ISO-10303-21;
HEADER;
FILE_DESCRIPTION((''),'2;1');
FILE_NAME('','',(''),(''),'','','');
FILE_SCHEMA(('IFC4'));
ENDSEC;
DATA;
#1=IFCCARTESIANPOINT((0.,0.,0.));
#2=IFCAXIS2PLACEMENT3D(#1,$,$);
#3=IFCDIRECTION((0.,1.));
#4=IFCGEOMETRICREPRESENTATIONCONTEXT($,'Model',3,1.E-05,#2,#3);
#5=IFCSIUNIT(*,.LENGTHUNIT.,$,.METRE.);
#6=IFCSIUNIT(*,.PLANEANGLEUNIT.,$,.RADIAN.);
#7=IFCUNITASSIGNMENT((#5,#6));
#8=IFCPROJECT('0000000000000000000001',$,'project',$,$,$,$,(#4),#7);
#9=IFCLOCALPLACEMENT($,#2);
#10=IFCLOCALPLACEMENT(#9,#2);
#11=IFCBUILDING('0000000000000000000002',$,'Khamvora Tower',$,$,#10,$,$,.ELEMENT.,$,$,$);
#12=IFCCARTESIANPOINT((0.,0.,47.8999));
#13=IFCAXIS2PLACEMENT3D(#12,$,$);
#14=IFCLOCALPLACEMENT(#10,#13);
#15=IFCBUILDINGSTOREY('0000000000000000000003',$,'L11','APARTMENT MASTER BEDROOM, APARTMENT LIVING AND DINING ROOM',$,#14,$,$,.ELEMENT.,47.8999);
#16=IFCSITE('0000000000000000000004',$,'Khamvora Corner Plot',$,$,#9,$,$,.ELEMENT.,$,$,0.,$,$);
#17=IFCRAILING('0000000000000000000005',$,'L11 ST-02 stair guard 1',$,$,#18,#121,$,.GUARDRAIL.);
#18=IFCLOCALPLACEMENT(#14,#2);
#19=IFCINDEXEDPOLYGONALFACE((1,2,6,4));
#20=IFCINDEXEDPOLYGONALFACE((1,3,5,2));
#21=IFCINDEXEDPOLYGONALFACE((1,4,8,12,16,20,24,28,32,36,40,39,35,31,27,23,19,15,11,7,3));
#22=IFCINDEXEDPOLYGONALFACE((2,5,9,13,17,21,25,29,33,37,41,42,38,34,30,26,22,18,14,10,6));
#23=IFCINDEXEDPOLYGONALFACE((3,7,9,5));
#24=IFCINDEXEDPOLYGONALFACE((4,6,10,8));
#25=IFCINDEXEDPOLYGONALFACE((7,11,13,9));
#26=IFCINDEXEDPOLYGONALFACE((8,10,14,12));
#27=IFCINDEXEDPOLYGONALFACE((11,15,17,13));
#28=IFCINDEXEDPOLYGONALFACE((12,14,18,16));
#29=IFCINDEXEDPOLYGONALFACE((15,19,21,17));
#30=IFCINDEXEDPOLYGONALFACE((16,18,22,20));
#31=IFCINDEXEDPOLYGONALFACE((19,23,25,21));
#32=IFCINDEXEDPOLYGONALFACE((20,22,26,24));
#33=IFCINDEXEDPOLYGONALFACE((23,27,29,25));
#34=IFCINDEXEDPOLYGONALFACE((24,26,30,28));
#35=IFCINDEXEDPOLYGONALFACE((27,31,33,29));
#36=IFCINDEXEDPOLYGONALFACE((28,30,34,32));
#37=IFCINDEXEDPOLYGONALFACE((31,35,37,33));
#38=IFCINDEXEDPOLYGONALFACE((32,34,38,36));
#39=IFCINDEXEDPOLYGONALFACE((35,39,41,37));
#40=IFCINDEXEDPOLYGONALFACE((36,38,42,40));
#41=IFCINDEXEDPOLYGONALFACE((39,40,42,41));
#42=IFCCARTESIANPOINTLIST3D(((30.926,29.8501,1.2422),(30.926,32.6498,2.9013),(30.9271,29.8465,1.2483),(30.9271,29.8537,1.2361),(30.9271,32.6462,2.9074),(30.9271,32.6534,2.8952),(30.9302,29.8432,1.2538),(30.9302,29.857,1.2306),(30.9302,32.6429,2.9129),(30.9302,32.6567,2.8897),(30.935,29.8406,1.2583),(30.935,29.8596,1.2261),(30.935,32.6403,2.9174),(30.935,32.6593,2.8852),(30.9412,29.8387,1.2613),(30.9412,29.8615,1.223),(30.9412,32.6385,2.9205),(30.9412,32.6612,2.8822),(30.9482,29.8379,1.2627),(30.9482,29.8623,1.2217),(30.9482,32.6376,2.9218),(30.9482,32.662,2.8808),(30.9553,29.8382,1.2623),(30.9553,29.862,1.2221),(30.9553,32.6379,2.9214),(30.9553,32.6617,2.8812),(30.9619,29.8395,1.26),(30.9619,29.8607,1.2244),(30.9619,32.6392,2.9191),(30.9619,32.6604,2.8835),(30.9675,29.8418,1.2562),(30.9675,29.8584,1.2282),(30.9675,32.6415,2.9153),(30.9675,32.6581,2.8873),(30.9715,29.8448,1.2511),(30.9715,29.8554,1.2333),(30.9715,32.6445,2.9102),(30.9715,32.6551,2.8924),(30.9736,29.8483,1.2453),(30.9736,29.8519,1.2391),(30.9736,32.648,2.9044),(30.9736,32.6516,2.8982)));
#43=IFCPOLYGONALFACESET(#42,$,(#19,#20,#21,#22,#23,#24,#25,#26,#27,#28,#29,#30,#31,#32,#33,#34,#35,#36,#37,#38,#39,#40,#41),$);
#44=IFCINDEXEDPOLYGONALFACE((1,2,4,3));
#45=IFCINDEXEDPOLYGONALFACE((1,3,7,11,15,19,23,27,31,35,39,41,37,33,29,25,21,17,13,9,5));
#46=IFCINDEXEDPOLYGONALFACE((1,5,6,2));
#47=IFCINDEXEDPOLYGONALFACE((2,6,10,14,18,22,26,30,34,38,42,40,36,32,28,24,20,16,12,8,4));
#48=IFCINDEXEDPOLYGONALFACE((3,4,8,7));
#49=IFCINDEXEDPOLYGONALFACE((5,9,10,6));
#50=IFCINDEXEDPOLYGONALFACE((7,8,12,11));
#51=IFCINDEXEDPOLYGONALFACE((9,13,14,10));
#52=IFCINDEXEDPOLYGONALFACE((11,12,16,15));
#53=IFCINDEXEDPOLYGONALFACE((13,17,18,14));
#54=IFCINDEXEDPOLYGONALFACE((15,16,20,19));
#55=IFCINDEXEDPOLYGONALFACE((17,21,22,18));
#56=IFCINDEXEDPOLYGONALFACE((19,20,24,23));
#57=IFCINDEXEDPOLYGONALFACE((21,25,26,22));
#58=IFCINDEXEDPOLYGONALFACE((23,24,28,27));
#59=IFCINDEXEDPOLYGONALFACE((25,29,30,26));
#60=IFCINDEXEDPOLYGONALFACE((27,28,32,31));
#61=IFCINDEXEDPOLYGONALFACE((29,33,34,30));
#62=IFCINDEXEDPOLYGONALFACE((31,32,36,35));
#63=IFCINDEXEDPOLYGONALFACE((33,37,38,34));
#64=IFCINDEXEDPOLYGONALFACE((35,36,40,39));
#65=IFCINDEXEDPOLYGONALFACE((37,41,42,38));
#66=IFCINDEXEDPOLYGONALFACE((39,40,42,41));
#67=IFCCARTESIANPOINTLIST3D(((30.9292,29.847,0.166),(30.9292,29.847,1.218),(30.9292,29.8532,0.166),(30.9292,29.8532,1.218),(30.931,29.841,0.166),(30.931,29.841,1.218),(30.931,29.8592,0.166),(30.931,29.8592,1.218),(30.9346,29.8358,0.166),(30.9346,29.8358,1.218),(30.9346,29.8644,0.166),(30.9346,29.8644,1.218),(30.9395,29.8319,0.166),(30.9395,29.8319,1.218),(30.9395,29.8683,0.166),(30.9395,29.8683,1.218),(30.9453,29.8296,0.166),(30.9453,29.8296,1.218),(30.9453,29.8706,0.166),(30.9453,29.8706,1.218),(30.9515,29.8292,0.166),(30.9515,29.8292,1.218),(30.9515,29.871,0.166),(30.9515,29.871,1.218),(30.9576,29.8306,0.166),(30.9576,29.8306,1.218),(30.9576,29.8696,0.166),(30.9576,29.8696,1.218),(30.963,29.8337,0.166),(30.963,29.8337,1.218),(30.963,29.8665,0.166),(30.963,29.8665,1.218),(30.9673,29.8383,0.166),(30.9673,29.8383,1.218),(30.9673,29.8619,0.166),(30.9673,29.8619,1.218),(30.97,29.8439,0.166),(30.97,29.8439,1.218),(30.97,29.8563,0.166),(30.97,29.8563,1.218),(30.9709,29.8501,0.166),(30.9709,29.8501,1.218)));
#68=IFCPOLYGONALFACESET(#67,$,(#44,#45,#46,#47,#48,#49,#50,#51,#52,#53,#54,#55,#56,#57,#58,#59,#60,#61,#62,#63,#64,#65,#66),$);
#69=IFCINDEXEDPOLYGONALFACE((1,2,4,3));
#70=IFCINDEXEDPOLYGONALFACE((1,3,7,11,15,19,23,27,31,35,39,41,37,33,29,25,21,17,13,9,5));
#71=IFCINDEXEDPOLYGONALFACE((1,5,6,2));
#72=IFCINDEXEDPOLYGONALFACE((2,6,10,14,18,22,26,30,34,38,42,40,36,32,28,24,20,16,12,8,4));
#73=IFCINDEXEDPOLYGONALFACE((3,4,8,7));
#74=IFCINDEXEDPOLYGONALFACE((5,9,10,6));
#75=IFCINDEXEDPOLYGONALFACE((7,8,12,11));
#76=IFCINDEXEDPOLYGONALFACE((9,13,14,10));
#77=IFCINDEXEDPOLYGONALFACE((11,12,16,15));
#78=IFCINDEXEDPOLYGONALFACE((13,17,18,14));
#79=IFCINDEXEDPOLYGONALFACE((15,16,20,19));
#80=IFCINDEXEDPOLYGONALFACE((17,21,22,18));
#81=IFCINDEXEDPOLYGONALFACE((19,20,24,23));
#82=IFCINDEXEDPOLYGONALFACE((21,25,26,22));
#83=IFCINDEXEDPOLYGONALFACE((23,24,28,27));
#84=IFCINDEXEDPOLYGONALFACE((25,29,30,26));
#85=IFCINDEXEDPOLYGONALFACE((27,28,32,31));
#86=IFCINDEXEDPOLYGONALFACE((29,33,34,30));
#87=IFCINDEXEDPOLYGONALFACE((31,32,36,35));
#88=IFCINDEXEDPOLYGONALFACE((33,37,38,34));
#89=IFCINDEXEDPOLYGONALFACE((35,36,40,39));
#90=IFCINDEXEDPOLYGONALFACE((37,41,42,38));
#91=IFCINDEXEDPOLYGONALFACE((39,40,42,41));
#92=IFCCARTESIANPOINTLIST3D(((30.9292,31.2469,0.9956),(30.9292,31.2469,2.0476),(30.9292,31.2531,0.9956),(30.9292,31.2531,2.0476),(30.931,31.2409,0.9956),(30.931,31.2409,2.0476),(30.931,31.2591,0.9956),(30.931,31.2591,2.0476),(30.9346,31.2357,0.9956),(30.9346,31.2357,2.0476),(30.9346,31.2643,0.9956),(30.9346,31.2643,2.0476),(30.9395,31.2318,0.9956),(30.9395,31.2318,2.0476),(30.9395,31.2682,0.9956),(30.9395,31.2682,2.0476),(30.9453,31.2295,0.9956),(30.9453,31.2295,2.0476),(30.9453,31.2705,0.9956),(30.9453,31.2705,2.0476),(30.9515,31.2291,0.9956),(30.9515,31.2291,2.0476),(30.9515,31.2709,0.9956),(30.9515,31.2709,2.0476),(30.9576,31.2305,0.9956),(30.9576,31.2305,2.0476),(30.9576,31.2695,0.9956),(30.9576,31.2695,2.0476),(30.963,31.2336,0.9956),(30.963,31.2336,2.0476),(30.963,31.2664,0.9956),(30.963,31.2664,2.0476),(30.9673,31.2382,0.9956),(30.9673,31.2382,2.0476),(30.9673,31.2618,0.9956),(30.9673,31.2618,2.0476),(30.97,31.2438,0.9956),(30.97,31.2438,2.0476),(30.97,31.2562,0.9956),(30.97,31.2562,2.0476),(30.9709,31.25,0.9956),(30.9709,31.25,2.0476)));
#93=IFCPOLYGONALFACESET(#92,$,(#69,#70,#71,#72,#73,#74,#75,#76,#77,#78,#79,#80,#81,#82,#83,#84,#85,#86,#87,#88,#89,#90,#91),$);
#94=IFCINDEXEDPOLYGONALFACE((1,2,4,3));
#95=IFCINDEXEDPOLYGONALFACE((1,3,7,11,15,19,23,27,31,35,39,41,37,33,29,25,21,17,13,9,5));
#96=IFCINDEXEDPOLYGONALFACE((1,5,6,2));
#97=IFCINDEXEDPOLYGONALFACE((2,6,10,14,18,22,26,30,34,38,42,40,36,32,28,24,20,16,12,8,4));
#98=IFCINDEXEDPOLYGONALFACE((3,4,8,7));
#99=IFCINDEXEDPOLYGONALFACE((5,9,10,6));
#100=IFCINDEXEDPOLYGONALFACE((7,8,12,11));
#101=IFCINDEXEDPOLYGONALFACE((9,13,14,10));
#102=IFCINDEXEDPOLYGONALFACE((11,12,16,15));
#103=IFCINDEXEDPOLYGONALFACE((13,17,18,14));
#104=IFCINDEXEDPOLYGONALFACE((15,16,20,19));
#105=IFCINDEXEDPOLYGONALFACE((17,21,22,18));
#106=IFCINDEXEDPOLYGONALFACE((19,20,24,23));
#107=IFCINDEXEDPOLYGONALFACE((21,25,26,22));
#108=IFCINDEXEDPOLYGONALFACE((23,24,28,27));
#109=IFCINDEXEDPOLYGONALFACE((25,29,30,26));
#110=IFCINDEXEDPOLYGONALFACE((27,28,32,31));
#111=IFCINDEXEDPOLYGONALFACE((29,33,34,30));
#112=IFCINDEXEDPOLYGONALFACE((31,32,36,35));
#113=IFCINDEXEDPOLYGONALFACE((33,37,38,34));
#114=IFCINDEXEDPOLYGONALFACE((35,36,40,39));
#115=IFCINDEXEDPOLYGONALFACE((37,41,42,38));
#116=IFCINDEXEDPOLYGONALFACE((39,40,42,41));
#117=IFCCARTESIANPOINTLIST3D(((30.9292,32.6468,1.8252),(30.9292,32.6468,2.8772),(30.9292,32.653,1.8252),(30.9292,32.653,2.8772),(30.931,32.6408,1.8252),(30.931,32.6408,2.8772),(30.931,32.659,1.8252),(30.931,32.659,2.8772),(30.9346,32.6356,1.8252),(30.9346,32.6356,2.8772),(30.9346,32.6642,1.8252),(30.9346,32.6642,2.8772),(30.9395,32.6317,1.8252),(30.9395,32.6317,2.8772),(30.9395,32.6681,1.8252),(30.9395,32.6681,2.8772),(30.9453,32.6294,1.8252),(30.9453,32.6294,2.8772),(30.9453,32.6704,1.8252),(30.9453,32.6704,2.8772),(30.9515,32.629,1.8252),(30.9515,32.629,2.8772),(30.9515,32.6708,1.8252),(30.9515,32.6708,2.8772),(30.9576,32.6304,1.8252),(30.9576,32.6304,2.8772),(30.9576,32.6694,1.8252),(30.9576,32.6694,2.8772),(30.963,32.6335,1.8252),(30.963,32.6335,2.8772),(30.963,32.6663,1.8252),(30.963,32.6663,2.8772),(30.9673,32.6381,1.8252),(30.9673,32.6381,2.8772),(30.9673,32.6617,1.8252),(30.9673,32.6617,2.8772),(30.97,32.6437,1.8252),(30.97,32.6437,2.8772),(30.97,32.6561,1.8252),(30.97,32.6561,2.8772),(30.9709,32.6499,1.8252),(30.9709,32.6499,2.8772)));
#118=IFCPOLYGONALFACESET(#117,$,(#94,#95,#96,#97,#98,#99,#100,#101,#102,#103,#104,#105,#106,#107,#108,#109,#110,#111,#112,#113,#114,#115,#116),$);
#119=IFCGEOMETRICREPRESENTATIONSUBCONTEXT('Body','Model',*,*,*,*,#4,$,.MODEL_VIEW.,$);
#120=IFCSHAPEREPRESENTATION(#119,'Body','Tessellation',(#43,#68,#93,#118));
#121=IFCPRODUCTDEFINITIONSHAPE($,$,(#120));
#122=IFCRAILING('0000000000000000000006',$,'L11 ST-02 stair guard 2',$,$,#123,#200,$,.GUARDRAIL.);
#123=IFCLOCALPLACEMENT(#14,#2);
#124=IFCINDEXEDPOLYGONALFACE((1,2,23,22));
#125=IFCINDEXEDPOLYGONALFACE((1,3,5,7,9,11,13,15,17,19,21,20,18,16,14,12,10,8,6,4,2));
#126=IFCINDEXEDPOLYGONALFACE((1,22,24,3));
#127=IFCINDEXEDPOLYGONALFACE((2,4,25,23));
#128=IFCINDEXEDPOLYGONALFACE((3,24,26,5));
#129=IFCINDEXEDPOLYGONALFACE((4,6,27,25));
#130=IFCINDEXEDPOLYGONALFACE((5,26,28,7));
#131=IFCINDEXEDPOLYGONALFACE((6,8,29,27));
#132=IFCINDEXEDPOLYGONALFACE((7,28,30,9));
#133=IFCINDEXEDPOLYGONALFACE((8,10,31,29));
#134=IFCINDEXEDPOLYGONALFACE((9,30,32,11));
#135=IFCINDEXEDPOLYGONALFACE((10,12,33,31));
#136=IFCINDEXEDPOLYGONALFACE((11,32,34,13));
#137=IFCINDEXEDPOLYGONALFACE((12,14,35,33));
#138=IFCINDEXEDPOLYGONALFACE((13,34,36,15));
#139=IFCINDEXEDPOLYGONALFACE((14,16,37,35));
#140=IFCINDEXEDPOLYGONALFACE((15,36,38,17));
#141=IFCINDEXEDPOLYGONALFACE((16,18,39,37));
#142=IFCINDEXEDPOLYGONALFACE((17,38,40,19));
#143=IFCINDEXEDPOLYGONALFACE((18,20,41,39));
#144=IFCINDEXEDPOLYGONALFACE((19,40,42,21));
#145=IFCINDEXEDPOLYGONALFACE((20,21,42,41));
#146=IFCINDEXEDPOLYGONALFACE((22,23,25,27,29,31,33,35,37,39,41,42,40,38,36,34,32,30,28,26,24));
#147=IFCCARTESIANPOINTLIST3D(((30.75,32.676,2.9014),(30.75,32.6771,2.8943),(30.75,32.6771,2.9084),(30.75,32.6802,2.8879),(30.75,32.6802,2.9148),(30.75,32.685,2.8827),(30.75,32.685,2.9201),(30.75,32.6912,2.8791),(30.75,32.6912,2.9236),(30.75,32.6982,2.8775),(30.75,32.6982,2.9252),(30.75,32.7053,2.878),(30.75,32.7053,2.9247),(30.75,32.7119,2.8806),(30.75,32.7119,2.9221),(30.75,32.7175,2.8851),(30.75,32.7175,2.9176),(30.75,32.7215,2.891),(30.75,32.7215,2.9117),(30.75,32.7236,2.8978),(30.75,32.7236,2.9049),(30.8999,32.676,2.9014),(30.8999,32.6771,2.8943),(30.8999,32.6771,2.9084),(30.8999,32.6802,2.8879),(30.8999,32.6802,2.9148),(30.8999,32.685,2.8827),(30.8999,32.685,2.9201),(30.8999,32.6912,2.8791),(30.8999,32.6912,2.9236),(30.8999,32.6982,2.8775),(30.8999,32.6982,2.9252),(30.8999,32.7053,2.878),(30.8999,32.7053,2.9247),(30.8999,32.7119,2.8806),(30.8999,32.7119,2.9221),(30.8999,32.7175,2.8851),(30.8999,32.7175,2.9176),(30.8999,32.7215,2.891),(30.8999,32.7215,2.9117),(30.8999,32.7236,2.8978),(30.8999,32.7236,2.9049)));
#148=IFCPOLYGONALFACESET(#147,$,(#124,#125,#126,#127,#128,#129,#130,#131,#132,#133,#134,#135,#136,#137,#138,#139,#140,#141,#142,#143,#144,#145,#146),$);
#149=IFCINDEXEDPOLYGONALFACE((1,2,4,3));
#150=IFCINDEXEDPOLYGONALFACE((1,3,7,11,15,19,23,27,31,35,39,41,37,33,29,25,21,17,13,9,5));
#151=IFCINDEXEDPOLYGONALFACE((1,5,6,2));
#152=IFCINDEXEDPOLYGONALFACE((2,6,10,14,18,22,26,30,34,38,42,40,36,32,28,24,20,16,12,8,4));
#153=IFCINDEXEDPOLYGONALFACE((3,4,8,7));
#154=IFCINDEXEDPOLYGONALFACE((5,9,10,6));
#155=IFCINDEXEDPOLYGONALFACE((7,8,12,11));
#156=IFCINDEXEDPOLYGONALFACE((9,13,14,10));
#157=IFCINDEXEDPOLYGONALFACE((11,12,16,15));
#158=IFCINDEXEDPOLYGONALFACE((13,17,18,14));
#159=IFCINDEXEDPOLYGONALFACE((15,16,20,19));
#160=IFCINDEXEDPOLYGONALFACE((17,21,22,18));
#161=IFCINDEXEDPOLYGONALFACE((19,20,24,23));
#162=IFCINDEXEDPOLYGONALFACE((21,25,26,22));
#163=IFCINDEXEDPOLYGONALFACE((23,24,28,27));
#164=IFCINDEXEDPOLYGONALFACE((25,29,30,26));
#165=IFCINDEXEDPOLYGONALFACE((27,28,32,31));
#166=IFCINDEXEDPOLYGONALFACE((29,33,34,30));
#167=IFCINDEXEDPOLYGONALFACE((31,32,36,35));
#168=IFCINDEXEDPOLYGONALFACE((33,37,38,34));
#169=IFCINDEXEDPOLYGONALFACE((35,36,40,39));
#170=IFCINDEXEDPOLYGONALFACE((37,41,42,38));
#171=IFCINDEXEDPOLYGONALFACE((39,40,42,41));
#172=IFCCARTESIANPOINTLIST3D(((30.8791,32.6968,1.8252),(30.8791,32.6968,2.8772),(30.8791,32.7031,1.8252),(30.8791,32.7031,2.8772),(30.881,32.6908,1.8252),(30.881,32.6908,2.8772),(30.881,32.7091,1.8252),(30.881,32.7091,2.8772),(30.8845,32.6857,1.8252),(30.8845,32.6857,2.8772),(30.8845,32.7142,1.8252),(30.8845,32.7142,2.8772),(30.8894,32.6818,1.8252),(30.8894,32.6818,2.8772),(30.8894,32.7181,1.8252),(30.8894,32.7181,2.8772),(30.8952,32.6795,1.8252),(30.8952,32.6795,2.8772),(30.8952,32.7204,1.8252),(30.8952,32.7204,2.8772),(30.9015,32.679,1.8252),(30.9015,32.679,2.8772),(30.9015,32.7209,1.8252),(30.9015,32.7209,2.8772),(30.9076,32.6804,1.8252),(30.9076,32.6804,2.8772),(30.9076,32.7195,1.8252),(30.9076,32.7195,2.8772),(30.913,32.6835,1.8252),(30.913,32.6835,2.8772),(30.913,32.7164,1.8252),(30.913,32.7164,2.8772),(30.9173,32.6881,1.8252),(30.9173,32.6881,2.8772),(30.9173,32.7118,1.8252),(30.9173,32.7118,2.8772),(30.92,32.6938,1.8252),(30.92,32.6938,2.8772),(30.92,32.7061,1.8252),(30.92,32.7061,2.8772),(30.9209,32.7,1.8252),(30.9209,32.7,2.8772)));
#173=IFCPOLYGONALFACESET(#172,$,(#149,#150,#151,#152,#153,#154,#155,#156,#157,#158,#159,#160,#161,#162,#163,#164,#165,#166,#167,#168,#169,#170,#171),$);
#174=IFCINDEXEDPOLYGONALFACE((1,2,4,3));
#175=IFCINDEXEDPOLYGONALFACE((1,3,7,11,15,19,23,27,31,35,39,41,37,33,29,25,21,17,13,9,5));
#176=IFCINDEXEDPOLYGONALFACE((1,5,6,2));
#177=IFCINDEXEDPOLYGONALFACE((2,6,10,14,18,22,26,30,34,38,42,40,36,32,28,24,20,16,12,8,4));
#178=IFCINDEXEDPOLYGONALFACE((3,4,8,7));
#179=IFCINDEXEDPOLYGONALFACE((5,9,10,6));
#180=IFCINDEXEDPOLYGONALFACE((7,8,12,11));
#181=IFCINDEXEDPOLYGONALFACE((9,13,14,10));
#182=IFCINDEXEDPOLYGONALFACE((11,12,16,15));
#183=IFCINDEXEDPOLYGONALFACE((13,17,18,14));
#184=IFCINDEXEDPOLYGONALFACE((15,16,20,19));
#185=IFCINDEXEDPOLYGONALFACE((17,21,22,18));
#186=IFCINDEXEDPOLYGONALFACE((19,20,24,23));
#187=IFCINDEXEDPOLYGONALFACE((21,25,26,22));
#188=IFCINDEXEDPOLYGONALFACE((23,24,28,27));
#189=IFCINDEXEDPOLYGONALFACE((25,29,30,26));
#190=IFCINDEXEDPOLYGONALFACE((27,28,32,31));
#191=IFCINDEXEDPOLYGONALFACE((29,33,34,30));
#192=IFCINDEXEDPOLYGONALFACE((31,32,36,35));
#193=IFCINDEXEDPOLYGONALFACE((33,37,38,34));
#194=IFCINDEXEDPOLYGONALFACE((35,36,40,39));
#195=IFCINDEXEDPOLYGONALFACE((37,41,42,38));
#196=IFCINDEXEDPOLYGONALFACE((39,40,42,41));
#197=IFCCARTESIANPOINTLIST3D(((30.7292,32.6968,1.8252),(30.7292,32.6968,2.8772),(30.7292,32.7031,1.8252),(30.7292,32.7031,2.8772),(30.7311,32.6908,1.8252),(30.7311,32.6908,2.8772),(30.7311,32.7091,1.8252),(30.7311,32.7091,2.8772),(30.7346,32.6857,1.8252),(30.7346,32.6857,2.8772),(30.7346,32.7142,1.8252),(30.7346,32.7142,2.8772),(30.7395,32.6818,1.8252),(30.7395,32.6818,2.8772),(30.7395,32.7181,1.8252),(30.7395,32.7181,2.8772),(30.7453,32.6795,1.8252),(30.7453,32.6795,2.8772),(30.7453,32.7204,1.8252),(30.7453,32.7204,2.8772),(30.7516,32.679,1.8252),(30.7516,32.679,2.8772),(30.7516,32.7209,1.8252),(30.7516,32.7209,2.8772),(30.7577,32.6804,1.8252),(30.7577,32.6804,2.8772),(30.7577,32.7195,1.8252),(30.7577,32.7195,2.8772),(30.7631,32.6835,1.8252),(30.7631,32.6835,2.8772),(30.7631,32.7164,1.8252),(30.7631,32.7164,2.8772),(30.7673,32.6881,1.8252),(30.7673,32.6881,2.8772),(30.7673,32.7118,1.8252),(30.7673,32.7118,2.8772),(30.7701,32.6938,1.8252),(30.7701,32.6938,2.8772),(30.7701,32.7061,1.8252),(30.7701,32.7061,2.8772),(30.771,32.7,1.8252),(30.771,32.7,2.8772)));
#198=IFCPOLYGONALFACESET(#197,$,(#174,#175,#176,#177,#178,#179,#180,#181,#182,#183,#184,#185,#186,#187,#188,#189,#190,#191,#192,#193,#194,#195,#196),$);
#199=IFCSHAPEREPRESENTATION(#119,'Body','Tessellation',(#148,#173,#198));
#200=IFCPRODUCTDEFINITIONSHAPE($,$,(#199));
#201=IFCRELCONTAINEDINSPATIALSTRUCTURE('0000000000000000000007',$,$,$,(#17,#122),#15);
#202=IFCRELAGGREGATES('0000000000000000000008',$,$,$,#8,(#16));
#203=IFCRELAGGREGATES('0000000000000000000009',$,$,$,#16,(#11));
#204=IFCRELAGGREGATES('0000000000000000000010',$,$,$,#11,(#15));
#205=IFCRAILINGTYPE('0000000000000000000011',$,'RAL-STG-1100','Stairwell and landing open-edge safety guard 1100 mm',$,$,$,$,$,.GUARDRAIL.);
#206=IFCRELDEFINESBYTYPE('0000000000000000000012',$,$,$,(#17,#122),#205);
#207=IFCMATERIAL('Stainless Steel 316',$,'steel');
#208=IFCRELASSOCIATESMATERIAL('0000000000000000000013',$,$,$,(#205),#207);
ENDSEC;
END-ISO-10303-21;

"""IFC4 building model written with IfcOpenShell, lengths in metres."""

from ifc_helpers import new_model, si_unit, direction, frame, origin, origin_2d, place, context, subcontext, project, spatial, circle, extrude, material, type_object, element, save


model = new_model("IFC4")

# Units and contexts
model_context = context("Model", 3, precision=1e-05, world=origin(), true_north=direction((0.0, 1.0)))
body_context = subcontext(model_context, "Body", "Model", "MODEL_VIEW")
ifc_project = project(units=[si_unit("LENGTHUNIT", "METRE"), si_unit("PLANEANGLEUNIT", "RADIAN")], contexts=[model_context])

# Site, building, storey
site_placement = place(None, origin())
site = spatial("IfcSite", under=ifc_project, at=site_placement, Name="Khamvora Corner Plot", CompositionType="ELEMENT", RefElevation=0.0)
building_placement = place(site_placement, origin())
building = spatial("IfcBuilding", under=site, at=building_placement, Name="Khamvora Tower", CompositionType="ELEMENT")
storey_placement = place(building_placement, frame((0.0, 0.0, 47.8999)))
storey = spatial("IfcBuildingStorey", under=building, at=storey_placement, Name="L11", Description="APARTMENT MASTER BEDROOM, APARTMENT LIVING AND DINING ROOM", CompositionType="ELEMENT", Elevation=47.8999)

# Railings
ifc_material_1 = material(Name="Stainless Steel 316", Category="steel")
railing_type_1 = type_object("IfcRailingType", Name="RAL-STG-1100", Description="Stairwell and landing open-edge safety guard 1100 mm", PredefinedType="GUARDRAIL", material=ifc_material_1)
railing_1_placement = place(storey_placement, frame((30.95, 29.8501, 0.166)))
element("IfcRailing", 1, at=railing_1_placement, inside=storey, type_object=railing_type_1, Name="L11 ST-02 stair guard 1", PredefinedType="GUARDRAIL", context=body_context, shape_type="SweptSolid", body=[
    extrude(circle(Radius=0.0239, at=origin_2d()), frame((0.0, 0.0, 1.0762), z_axis=(0.0, 0.860287, 0.509811), x_axis=(-1.0, 0.0, 0.0)), (0.0, 0.0, 1.0), 3.2544),
    extrude(circle(Radius=0.021, at=origin_2d()), origin(), (0.0, 0.0, 1.0), 1.052),
    extrude(circle(Radius=0.021, at=origin_2d()), frame((0.0, 1.3999, 0.8296)), (0.0, 0.0, 1.0), 1.052),
    extrude(circle(Radius=0.021, at=origin_2d()), frame((0.0, 2.7998, 1.6592)), (0.0, 0.0, 1.0), 1.052),
])
railing_2_placement = place(storey_placement, frame((30.8999, 32.7, 1.8252)))
element("IfcRailing", 2, at=railing_2_placement, inside=storey, type_object=railing_type_1, Name="L11 ST-02 stair guard 2", PredefinedType="GUARDRAIL", context=body_context, shape_type="SweptSolid", body=[
    extrude(circle(Radius=0.0239, at=origin_2d()), frame((0.0, 0.0, 1.0762), z_axis=(-1.0, 0.0, 0.0), x_axis=(0.0, -1.0, 0.0)), (0.0, 0.0, 1.0), 0.1499),
    extrude(circle(Radius=0.021, at=origin_2d()), origin(), (0.0, 0.0, 1.0), 1.052),
    extrude(circle(Radius=0.021, at=origin_2d()), frame((-0.1499, 0.0, 0.0)), (0.0, 0.0, 1.0), 1.052),
])

save(model, "model.ifc")
